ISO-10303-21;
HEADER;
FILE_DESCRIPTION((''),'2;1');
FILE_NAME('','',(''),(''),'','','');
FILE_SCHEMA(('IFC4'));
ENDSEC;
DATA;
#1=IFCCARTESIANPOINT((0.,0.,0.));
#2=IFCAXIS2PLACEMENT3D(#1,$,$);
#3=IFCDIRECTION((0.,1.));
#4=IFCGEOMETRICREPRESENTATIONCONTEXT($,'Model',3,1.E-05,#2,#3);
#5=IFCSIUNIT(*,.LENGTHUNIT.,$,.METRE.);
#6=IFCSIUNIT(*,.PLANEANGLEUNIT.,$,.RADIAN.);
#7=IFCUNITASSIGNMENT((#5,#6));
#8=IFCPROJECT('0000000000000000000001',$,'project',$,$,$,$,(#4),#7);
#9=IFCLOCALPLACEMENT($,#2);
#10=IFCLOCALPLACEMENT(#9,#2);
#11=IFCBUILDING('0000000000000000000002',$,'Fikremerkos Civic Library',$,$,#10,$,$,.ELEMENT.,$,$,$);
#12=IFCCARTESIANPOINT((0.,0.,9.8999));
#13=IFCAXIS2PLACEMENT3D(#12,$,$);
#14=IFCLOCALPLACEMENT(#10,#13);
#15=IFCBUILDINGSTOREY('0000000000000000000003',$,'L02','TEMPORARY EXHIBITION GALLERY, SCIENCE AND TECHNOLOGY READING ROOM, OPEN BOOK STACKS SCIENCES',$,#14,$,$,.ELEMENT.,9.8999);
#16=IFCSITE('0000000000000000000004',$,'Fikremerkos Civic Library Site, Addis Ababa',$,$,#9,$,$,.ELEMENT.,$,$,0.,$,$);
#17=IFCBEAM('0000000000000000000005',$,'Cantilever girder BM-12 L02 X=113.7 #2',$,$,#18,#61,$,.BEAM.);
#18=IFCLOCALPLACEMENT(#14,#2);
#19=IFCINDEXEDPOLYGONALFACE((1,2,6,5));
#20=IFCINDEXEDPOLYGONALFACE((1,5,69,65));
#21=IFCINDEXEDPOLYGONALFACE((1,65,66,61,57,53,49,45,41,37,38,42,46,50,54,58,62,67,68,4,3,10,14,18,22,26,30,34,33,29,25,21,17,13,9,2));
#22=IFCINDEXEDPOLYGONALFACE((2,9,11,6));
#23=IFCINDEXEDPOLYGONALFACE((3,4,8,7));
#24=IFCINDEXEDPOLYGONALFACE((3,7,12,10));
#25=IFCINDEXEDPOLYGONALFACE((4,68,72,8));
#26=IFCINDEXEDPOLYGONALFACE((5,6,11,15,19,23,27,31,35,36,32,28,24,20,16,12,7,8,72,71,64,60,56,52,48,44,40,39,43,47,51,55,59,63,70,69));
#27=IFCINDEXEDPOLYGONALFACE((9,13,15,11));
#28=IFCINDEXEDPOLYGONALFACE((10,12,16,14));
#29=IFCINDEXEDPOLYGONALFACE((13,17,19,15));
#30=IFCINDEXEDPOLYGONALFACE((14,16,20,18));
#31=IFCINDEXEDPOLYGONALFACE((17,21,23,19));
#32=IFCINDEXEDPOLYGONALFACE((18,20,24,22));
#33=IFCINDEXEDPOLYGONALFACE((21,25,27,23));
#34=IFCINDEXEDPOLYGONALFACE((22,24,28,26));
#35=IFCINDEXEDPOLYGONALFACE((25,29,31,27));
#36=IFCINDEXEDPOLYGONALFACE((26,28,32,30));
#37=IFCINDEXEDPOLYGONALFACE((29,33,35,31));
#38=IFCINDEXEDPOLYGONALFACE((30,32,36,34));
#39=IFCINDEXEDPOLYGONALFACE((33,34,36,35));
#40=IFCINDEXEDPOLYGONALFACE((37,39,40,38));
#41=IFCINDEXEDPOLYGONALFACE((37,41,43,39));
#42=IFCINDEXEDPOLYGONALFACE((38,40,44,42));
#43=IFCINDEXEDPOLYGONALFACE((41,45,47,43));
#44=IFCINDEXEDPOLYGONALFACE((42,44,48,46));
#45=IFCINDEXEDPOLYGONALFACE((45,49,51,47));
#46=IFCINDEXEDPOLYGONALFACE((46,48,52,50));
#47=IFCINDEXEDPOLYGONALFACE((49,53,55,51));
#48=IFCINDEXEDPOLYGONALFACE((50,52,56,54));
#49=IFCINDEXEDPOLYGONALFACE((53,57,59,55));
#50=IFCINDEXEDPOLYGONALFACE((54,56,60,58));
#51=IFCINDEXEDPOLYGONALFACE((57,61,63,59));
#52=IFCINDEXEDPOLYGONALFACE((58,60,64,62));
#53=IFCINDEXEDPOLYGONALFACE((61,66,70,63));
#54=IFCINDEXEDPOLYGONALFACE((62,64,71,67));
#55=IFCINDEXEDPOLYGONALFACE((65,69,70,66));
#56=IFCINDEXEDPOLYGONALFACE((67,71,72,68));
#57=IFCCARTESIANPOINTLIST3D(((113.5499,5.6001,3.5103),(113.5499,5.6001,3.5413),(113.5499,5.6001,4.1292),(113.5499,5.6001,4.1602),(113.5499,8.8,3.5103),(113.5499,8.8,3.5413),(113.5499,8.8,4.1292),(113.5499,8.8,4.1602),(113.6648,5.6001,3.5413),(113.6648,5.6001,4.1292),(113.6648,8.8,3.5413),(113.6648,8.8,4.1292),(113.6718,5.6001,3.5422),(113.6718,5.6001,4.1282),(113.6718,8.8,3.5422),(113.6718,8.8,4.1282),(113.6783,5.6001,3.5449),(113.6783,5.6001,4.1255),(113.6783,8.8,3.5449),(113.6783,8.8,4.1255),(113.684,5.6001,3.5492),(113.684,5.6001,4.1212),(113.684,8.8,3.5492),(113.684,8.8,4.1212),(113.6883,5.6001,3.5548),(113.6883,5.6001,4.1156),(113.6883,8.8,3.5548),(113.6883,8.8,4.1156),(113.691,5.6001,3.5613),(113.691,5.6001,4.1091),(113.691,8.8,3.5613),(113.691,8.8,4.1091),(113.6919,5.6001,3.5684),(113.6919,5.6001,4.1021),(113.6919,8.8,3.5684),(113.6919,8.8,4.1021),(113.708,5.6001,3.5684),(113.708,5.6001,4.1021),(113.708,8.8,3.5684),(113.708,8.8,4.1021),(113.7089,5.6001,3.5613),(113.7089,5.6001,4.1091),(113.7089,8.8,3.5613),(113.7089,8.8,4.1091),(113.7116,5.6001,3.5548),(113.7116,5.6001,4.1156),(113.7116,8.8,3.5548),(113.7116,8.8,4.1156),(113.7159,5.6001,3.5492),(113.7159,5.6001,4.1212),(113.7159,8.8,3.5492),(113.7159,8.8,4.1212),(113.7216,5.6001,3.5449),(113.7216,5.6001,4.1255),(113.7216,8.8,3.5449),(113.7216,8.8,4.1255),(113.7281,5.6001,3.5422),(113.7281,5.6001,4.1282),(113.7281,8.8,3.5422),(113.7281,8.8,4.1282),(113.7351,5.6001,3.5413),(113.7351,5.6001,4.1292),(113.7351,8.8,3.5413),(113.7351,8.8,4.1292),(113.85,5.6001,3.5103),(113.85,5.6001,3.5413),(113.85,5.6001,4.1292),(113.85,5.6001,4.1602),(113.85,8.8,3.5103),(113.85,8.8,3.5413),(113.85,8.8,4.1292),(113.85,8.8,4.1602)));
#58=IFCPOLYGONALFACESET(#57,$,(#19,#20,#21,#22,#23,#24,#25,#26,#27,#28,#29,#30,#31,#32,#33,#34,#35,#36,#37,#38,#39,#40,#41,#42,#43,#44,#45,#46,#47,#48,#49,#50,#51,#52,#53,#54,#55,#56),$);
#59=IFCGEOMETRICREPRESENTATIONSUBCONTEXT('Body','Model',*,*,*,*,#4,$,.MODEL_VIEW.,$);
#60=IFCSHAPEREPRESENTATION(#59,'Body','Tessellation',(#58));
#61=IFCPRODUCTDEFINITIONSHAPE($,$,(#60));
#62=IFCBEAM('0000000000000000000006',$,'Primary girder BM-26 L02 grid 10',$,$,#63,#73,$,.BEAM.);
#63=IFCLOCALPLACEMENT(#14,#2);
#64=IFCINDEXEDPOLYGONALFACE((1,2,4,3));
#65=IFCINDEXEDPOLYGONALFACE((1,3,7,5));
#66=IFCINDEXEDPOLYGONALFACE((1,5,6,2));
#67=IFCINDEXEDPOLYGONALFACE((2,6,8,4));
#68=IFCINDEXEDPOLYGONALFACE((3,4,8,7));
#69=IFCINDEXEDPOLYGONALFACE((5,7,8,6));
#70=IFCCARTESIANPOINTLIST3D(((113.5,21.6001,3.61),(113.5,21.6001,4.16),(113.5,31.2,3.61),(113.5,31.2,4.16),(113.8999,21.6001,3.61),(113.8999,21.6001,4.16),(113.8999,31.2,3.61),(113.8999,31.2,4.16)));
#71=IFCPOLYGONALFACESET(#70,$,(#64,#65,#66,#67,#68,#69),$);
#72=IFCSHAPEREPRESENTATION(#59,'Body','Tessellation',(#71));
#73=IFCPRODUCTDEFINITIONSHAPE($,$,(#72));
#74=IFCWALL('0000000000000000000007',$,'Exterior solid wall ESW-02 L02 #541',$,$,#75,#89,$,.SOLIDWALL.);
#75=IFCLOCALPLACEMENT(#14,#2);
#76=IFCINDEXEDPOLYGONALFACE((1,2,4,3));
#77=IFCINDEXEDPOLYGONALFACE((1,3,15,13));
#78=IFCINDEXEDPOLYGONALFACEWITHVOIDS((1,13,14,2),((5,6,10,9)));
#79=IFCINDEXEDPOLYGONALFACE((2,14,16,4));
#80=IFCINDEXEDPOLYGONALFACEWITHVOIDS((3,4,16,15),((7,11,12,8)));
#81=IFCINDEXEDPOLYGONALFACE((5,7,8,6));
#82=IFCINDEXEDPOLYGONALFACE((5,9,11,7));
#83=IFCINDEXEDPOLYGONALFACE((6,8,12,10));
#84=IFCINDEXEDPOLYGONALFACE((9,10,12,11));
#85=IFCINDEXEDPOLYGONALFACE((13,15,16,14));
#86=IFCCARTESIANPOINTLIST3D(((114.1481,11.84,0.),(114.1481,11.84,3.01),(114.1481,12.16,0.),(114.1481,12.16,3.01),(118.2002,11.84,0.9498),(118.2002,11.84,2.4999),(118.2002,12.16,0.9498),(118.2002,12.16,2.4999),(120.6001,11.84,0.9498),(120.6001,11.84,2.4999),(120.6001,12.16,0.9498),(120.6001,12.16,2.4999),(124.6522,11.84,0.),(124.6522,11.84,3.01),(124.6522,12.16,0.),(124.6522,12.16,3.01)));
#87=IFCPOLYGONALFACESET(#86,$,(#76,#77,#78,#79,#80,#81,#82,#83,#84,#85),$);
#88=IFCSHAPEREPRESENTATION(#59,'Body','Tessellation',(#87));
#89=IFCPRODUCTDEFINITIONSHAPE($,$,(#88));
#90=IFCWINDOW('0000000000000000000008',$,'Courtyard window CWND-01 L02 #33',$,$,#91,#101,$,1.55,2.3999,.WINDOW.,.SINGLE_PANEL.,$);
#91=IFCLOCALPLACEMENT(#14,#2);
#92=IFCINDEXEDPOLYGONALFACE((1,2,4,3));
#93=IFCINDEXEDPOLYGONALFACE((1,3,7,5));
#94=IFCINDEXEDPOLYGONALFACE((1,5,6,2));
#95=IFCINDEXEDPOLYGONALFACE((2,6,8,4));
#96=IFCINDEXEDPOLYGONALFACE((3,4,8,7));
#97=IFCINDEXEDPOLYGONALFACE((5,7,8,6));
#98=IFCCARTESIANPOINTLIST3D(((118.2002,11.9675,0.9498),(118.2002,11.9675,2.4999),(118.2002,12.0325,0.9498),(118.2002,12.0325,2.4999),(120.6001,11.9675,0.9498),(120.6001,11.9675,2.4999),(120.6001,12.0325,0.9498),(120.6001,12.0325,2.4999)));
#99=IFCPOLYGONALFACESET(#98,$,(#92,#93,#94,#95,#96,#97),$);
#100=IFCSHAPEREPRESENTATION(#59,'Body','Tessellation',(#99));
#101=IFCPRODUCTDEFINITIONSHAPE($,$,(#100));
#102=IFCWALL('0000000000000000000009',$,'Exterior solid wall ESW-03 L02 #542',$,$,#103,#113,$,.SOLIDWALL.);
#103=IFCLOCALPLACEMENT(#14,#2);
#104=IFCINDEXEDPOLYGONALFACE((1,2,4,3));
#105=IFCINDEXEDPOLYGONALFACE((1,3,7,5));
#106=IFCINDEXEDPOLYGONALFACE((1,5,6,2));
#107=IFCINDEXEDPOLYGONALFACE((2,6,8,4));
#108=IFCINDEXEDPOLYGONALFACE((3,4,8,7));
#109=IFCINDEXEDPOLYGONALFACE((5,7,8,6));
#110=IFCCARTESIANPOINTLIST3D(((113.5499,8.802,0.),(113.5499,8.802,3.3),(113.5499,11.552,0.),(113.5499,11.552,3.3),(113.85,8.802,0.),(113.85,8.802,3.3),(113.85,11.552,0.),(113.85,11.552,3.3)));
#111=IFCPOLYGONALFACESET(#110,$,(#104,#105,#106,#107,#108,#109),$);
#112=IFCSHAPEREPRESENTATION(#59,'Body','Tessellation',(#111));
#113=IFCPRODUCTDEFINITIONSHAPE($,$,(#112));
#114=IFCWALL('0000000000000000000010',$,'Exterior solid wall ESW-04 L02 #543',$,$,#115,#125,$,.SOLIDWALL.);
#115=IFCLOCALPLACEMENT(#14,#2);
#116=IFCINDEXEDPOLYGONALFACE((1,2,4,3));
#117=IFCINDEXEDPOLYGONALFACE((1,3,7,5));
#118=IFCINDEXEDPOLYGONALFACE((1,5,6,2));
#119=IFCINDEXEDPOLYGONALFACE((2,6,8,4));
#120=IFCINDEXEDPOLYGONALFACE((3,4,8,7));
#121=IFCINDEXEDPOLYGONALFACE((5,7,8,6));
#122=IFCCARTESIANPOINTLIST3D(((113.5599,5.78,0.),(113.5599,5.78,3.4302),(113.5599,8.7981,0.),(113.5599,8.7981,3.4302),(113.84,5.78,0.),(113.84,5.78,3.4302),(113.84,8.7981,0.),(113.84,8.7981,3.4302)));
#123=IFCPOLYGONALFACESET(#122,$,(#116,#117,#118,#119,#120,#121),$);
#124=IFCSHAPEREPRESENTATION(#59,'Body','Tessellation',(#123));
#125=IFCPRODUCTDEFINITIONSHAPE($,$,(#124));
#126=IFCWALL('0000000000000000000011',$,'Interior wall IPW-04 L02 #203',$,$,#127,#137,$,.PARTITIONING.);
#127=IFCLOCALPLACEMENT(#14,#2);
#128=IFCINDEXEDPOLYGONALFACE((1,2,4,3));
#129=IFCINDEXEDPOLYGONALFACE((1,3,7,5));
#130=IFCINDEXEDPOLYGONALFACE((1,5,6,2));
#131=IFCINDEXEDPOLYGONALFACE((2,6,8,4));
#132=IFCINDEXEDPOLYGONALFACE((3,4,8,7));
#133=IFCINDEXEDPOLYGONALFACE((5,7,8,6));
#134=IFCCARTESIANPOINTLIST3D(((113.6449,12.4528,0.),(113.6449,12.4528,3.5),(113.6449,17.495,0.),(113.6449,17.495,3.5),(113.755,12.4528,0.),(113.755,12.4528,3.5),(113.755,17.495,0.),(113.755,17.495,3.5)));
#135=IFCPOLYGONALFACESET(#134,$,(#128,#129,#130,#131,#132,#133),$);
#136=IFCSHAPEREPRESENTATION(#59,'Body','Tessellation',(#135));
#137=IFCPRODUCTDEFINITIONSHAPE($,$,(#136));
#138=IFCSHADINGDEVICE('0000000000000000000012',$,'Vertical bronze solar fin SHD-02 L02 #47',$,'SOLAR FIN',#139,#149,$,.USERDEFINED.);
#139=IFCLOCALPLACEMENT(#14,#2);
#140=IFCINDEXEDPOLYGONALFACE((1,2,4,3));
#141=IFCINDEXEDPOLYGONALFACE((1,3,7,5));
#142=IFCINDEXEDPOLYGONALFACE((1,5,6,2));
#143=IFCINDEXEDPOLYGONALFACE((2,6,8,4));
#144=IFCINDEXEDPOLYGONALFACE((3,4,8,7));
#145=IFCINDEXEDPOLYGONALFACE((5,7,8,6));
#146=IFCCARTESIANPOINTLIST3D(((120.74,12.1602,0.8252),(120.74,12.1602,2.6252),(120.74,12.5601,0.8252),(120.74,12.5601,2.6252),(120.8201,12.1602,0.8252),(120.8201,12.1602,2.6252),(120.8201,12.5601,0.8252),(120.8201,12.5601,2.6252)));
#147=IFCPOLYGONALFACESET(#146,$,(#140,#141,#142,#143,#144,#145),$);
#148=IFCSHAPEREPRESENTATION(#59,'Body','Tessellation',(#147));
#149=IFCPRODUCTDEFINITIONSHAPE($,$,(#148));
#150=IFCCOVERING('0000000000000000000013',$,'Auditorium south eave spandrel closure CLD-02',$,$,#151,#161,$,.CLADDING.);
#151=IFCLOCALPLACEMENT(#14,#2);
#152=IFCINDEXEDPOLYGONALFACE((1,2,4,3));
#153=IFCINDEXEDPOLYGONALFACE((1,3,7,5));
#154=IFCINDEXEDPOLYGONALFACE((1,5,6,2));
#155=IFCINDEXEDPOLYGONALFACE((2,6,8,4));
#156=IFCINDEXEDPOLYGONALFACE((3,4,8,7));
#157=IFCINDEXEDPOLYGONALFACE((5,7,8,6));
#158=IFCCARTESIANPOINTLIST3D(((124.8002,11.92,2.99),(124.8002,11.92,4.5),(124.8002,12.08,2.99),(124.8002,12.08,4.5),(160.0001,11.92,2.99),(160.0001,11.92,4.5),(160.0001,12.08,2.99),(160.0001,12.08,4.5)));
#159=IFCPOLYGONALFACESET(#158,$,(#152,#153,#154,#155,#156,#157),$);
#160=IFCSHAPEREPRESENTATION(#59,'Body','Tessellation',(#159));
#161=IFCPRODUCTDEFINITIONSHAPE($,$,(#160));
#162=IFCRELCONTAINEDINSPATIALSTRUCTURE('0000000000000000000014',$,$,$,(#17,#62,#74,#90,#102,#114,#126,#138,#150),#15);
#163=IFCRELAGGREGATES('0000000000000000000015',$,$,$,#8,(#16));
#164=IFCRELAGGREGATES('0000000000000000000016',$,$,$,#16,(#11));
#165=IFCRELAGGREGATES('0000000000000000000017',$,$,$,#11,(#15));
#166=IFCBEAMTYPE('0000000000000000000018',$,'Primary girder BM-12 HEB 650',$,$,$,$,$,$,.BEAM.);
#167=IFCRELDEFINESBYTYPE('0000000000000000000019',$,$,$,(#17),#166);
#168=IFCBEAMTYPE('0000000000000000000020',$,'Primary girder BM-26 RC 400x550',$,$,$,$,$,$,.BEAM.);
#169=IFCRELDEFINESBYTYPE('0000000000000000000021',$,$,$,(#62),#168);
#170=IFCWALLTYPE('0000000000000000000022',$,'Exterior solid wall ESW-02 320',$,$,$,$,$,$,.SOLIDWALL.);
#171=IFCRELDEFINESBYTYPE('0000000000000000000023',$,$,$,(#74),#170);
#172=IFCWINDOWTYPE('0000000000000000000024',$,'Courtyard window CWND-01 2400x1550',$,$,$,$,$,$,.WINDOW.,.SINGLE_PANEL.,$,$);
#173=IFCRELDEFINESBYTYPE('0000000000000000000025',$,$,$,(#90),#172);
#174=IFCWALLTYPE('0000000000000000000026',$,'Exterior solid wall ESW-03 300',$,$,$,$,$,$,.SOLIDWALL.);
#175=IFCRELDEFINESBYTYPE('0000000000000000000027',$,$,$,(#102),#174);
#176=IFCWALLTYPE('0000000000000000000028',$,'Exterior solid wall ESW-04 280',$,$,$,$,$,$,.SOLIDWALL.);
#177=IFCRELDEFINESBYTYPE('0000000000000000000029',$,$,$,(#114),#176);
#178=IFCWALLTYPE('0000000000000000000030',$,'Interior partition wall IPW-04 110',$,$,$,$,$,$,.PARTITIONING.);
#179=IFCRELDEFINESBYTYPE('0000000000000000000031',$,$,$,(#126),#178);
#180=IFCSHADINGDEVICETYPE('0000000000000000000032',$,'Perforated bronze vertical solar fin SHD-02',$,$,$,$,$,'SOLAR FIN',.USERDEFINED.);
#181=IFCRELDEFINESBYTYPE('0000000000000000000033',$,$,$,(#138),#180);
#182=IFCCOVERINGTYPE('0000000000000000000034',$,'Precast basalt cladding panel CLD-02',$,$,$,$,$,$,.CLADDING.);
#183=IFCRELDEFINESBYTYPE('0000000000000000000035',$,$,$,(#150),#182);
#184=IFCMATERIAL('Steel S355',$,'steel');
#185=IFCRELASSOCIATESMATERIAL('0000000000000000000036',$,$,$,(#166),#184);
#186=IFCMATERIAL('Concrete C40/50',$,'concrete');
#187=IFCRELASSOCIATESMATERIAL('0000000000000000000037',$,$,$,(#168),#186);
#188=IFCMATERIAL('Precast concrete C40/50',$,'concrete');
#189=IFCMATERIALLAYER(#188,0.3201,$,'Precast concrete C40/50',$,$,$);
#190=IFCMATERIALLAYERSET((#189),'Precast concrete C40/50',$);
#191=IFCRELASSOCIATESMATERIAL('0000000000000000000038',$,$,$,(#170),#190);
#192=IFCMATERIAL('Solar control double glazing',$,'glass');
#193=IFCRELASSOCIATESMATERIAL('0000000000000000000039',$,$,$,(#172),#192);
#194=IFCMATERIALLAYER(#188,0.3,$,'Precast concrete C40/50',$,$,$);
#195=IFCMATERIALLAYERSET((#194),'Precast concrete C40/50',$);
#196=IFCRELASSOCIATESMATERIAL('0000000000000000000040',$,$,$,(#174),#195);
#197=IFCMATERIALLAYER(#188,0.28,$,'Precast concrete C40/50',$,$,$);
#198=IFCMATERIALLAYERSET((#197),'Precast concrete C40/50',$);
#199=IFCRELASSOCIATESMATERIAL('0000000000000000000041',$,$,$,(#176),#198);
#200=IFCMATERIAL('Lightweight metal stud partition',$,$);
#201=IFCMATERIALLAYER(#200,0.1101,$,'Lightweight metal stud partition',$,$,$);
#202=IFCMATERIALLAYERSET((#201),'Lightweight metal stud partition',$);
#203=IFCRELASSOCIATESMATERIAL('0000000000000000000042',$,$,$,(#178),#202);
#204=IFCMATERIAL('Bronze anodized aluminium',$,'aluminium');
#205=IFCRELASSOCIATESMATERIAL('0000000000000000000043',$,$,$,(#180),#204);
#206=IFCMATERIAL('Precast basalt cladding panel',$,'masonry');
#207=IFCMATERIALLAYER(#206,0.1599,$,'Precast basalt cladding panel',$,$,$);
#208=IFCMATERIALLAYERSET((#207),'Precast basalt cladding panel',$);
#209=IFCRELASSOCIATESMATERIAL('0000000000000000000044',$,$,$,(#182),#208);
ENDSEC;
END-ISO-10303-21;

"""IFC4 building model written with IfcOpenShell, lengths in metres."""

from ifc_helpers import new_model, si_unit, direction, frame, frame_2d, origin, origin_2d, place, context, subcontext, project, spatial, rectangle, i_section, extrude, material, layer, layer_set, material_profile, profile_set, type_object, element, fill, save


model = new_model("IFC4")

# Units and contexts
model_context = context("Model", 3, precision=1e-05, world=origin(), true_north=direction((0.0, 1.0)))
body_context = subcontext(model_context, "Body", "Model", "MODEL_VIEW")
ifc_project = project(units=[si_unit("LENGTHUNIT", "METRE"), si_unit("PLANEANGLEUNIT", "RADIAN")], contexts=[model_context])

# Site, building, storey
site_placement = place(None, origin())
site = spatial("IfcSite", under=ifc_project, at=site_placement, Name="Fikremerkos Civic Library Site, Addis Ababa", CompositionType="ELEMENT", RefElevation=0.0)
building_placement = place(site_placement, origin())
building = spatial("IfcBuilding", under=site, at=building_placement, Name="Fikremerkos Civic Library", CompositionType="ELEMENT")
storey_placement = place(building_placement, frame((0.0, 0.0, 9.8999)))
storey = spatial("IfcBuildingStorey", under=building, at=storey_placement, Name="L02", Description="TEMPORARY EXHIBITION GALLERY, SCIENCE AND TECHNOLOGY READING ROOM, OPEN BOOK STACKS SCIENCES", CompositionType="ELEMENT", Elevation=9.8999)

# Shared definitions
ifc_material_1 = material(Name="Concrete C40/50", Category="concrete")
ifc_material_2 = material(Name="Steel S355", Category="steel")

# Beams
ifc_material_profile_1 = material_profile(ifc_material_2, i_section(OverallWidth=0.3, OverallDepth=0.6499, WebThickness=0.0161, FlangeThickness=0.031, FilletRadius=0.0271, at=origin_2d()), Name="HEB 650")
ifc_profile_set_1 = profile_set([ifc_material_profile_1], Name="Steel S355")
beam_type_1 = type_object("IfcBeamType", Name="Primary girder BM-12 HEB 650", PredefinedType="BEAM", material=ifc_profile_set_1)
for number, where, z_axis, x_axis, name in (
    (1, (113.7, 8.8, 3.8352), (0.0, -1.0, 0.0), (1.0, 0.0, 0.0), "Cantilever girder BM-12 L02 X=113.7 #2"),
):
    element("IfcBeam", number, at=place(storey_placement, frame(where, z_axis=z_axis, x_axis=x_axis)), inside=storey, type_object=beam_type_1, Name=name, PredefinedType="BEAM", context=body_context, shape_type="SweptSolid", body=[
        extrude(i_section(OverallWidth=0.3, OverallDepth=0.6499, WebThickness=0.0161, FlangeThickness=0.031, FilletRadius=0.0271, at=origin_2d()), origin(), (0.0, 0.0, 1.0), 3.2),
    ])
ifc_material_profile_2 = material_profile(ifc_material_1, rectangle(XDim=0.3999, YDim=0.55, at=origin_2d()), Name="RC 400x550")
ifc_profile_set_2 = profile_set([ifc_material_profile_2], Name="Concrete C40/50")
beam_type_2 = type_object("IfcBeamType", Name="Primary girder BM-26 RC 400x550", PredefinedType="BEAM", material=ifc_profile_set_2)
beam_1_placement = place(storey_placement, frame((113.7, 21.6001, 3.885), z_axis=(0.0, 1.0, 0.0), x_axis=(-1.0, 0.0, 0.0)))
element("IfcBeam", 2, at=beam_1_placement, inside=storey, type_object=beam_type_2, Name="Primary girder BM-26 L02 grid 10", PredefinedType="BEAM", context=body_context, shape_type="SweptSolid", body=[
    extrude(rectangle(XDim=0.3999, YDim=0.55, at=origin_2d()), origin(), (0.0, 0.0, 1.0), 9.5999),
])

# Wall, opening, window
ifc_material_3 = material(Name="Precast concrete C40/50", Category="concrete")
ifc_layer_1 = layer(ifc_material_3, 0.3201, Name="Precast concrete C40/50")
ifc_layer_set_1 = layer_set([ifc_layer_1], Name="Precast concrete C40/50")
wall_type_1 = type_object("IfcWallType", Name="Exterior solid wall ESW-02 320", PredefinedType="SOLIDWALL", material=ifc_layer_set_1)
wall_1_placement = place(storey_placement, frame((124.6521, 12.0, 0.0), z_axis=(0.0, 0.0, 1.0), x_axis=(-1.0, 0.0, 0.0)))
wall_1 = element("IfcWall", 3, at=wall_1_placement, inside=storey, type_object=wall_type_1, Name="Exterior solid wall ESW-02 L02 #541", PredefinedType="SOLIDWALL", context=body_context, shape_type="SweptSolid", body=[
    extrude(rectangle(XDim=10.5042, YDim=0.3201, at=frame_2d((5.252, 0.0))), origin(), (0.0, 0.0, 1.0), 3.01),
])
opening_1_placement = place(wall_1_placement, frame((4.052, 0.0, 0.95)))
opening_1 = element("IfcOpeningElement", 4, at=opening_1_placement, cuts=wall_1, PredefinedType="OPENING", context=body_context, shape_type="SweptSolid", body=[
    extrude(rectangle(XDim=2.3999, YDim=1.55, at=frame_2d((1.2, 0.7749))), frame((0.0, 0.1699, 0.0), z_axis=(0.0, -1.0, 0.0), x_axis=(1.0, 0.0, 0.0)), (0.0, 0.0, 1.0), 0.3401),
])
ifc_material_4 = material(Name="Solar control double glazing", Category="glass")
window_type_1 = type_object("IfcWindowType", Name="Courtyard window CWND-01 2400x1550", PartitioningType="SINGLE_PANEL", PredefinedType="WINDOW", material=ifc_material_4)
window_1_placement = place(opening_1_placement, origin())
window_1 = element("IfcWindow", 5, at=window_1_placement, inside=storey, type_object=window_type_1, Name="Courtyard window CWND-01 L02 #33", OverallHeight=1.55, OverallWidth=2.3999, PartitioningType="SINGLE_PANEL", PredefinedType="WINDOW", context=body_context, shape_type="SweptSolid", body=[
    extrude(rectangle(XDim=2.3999, YDim=1.55, at=frame_2d((1.2, 0.7749))), frame((0.0, 0.0325, 0.0), z_axis=(0.0, -1.0, 0.0), x_axis=(1.0, 0.0, 0.0)), (0.0, 0.0, 1.0), 0.0649),
])
fill(opening_1, window_1)
ifc_layer_2 = layer(ifc_material_3, 0.3, Name="Precast concrete C40/50")
ifc_layer_set_2 = layer_set([ifc_layer_2], Name="Precast concrete C40/50")
wall_type_2 = type_object("IfcWallType", Name="Exterior solid wall ESW-03 300", PredefinedType="SOLIDWALL", material=ifc_layer_set_2)

# Walls
wall_2_placement = place(storey_placement, frame((113.7, 11.552, 0.0), z_axis=(0.0, 0.0, 1.0), x_axis=(0.0, -1.0, 0.0)))
element("IfcWall", 6, at=wall_2_placement, inside=storey, type_object=wall_type_2, Name="Exterior solid wall ESW-03 L02 #542", PredefinedType="SOLIDWALL", context=body_context, shape_type="SweptSolid", body=[
    extrude(rectangle(XDim=2.75, YDim=0.3, at=frame_2d((1.375, 0.0))), origin(), (0.0, 0.0, 1.0), 3.3),
])
ifc_layer_3 = layer(ifc_material_3, 0.28, Name="Precast concrete C40/50")
ifc_layer_set_3 = layer_set([ifc_layer_3], Name="Precast concrete C40/50")
wall_type_3 = type_object("IfcWallType", Name="Exterior solid wall ESW-04 280", PredefinedType="SOLIDWALL", material=ifc_layer_set_3)
wall_3_placement = place(storey_placement, frame((113.7, 8.7981, 0.0), z_axis=(0.0, 0.0, 1.0), x_axis=(0.0, -1.0, 0.0)))
element("IfcWall", 7, at=wall_3_placement, inside=storey, type_object=wall_type_3, Name="Exterior solid wall ESW-04 L02 #543", PredefinedType="SOLIDWALL", context=body_context, shape_type="SweptSolid", body=[
    extrude(rectangle(XDim=3.0181, YDim=0.28, at=frame_2d((1.509, 0.0))), origin(), (0.0, 0.0, 1.0), 3.4302),
])
ifc_material_5 = material(Name="Lightweight metal stud partition")
ifc_layer_4 = layer(ifc_material_5, 0.1101, Name="Lightweight metal stud partition")
ifc_layer_set_4 = layer_set([ifc_layer_4], Name="Lightweight metal stud partition")
wall_type_4 = type_object("IfcWallType", Name="Interior partition wall IPW-04 110", PredefinedType="PARTITIONING", material=ifc_layer_set_4)
wall_4_placement = place(storey_placement, frame((113.7, 12.4529, 0.0), z_axis=(0.0, 0.0, 1.0), x_axis=(0.0, 1.0, 0.0)))
element("IfcWall", 8, at=wall_4_placement, inside=storey, type_object=wall_type_4, Name="Interior wall IPW-04 L02 #203", PredefinedType="PARTITIONING", context=body_context, shape_type="SweptSolid", body=[
    extrude(rectangle(XDim=5.0422, YDim=0.1101, at=frame_2d((2.521, 0.0))), origin(), (0.0, 0.0, 1.0), 3.5),
])

# Shading device
ifc_material_6 = material(Name="Bronze anodized aluminium", Category="aluminium")
shading_device_type = type_object("IfcShadingDeviceType", Name="Perforated bronze vertical solar fin SHD-02", ElementType="SOLAR FIN", PredefinedType="USERDEFINED", material=ifc_material_6)
shading_device_placement = place(storey_placement, frame((120.78, 12.3601, 0.8252), z_axis=(0.0, 0.0, 1.0), x_axis=(1.0, 0.0, 0.0)))
element("IfcShadingDevice", 9, at=shading_device_placement, inside=storey, type_object=shading_device_type, Name="Vertical bronze solar fin SHD-02 L02 #47", ObjectType="SOLAR FIN", PredefinedType="USERDEFINED", context=body_context, shape_type="SweptSolid", body=[
    extrude(rectangle(XDim=0.0801, YDim=0.3999, at=origin_2d()), origin(), (0.0, 0.0, 1.0), 1.8),
])

# Covering
ifc_material_7 = material(Name="Precast basalt cladding panel", Category="masonry")
ifc_layer_5 = layer(ifc_material_7, 0.1599, Name="Precast basalt cladding panel")
ifc_layer_set_5 = layer_set([ifc_layer_5], Name="Precast basalt cladding panel")
covering_type = type_object("IfcCoveringType", Name="Precast basalt cladding panel CLD-02", PredefinedType="CLADDING", material=ifc_layer_set_5)
covering_placement = place(storey_placement, frame((124.8, 12.0, 2.99), z_axis=(0.0, 0.0, 1.0), x_axis=(1.0, 0.0, 0.0)))
element("IfcCovering", 10, at=covering_placement, inside=storey, type_object=covering_type, Name="Auditorium south eave spandrel closure CLD-02", PredefinedType="CLADDING", context=body_context, shape_type="SweptSolid", body=[
    extrude(rectangle(XDim=35.2, YDim=0.1599, at=frame_2d((17.6001, 0.0))), origin(), (0.0, 0.0, 1.0), 1.51),
])

save(model, "model.ifc")
